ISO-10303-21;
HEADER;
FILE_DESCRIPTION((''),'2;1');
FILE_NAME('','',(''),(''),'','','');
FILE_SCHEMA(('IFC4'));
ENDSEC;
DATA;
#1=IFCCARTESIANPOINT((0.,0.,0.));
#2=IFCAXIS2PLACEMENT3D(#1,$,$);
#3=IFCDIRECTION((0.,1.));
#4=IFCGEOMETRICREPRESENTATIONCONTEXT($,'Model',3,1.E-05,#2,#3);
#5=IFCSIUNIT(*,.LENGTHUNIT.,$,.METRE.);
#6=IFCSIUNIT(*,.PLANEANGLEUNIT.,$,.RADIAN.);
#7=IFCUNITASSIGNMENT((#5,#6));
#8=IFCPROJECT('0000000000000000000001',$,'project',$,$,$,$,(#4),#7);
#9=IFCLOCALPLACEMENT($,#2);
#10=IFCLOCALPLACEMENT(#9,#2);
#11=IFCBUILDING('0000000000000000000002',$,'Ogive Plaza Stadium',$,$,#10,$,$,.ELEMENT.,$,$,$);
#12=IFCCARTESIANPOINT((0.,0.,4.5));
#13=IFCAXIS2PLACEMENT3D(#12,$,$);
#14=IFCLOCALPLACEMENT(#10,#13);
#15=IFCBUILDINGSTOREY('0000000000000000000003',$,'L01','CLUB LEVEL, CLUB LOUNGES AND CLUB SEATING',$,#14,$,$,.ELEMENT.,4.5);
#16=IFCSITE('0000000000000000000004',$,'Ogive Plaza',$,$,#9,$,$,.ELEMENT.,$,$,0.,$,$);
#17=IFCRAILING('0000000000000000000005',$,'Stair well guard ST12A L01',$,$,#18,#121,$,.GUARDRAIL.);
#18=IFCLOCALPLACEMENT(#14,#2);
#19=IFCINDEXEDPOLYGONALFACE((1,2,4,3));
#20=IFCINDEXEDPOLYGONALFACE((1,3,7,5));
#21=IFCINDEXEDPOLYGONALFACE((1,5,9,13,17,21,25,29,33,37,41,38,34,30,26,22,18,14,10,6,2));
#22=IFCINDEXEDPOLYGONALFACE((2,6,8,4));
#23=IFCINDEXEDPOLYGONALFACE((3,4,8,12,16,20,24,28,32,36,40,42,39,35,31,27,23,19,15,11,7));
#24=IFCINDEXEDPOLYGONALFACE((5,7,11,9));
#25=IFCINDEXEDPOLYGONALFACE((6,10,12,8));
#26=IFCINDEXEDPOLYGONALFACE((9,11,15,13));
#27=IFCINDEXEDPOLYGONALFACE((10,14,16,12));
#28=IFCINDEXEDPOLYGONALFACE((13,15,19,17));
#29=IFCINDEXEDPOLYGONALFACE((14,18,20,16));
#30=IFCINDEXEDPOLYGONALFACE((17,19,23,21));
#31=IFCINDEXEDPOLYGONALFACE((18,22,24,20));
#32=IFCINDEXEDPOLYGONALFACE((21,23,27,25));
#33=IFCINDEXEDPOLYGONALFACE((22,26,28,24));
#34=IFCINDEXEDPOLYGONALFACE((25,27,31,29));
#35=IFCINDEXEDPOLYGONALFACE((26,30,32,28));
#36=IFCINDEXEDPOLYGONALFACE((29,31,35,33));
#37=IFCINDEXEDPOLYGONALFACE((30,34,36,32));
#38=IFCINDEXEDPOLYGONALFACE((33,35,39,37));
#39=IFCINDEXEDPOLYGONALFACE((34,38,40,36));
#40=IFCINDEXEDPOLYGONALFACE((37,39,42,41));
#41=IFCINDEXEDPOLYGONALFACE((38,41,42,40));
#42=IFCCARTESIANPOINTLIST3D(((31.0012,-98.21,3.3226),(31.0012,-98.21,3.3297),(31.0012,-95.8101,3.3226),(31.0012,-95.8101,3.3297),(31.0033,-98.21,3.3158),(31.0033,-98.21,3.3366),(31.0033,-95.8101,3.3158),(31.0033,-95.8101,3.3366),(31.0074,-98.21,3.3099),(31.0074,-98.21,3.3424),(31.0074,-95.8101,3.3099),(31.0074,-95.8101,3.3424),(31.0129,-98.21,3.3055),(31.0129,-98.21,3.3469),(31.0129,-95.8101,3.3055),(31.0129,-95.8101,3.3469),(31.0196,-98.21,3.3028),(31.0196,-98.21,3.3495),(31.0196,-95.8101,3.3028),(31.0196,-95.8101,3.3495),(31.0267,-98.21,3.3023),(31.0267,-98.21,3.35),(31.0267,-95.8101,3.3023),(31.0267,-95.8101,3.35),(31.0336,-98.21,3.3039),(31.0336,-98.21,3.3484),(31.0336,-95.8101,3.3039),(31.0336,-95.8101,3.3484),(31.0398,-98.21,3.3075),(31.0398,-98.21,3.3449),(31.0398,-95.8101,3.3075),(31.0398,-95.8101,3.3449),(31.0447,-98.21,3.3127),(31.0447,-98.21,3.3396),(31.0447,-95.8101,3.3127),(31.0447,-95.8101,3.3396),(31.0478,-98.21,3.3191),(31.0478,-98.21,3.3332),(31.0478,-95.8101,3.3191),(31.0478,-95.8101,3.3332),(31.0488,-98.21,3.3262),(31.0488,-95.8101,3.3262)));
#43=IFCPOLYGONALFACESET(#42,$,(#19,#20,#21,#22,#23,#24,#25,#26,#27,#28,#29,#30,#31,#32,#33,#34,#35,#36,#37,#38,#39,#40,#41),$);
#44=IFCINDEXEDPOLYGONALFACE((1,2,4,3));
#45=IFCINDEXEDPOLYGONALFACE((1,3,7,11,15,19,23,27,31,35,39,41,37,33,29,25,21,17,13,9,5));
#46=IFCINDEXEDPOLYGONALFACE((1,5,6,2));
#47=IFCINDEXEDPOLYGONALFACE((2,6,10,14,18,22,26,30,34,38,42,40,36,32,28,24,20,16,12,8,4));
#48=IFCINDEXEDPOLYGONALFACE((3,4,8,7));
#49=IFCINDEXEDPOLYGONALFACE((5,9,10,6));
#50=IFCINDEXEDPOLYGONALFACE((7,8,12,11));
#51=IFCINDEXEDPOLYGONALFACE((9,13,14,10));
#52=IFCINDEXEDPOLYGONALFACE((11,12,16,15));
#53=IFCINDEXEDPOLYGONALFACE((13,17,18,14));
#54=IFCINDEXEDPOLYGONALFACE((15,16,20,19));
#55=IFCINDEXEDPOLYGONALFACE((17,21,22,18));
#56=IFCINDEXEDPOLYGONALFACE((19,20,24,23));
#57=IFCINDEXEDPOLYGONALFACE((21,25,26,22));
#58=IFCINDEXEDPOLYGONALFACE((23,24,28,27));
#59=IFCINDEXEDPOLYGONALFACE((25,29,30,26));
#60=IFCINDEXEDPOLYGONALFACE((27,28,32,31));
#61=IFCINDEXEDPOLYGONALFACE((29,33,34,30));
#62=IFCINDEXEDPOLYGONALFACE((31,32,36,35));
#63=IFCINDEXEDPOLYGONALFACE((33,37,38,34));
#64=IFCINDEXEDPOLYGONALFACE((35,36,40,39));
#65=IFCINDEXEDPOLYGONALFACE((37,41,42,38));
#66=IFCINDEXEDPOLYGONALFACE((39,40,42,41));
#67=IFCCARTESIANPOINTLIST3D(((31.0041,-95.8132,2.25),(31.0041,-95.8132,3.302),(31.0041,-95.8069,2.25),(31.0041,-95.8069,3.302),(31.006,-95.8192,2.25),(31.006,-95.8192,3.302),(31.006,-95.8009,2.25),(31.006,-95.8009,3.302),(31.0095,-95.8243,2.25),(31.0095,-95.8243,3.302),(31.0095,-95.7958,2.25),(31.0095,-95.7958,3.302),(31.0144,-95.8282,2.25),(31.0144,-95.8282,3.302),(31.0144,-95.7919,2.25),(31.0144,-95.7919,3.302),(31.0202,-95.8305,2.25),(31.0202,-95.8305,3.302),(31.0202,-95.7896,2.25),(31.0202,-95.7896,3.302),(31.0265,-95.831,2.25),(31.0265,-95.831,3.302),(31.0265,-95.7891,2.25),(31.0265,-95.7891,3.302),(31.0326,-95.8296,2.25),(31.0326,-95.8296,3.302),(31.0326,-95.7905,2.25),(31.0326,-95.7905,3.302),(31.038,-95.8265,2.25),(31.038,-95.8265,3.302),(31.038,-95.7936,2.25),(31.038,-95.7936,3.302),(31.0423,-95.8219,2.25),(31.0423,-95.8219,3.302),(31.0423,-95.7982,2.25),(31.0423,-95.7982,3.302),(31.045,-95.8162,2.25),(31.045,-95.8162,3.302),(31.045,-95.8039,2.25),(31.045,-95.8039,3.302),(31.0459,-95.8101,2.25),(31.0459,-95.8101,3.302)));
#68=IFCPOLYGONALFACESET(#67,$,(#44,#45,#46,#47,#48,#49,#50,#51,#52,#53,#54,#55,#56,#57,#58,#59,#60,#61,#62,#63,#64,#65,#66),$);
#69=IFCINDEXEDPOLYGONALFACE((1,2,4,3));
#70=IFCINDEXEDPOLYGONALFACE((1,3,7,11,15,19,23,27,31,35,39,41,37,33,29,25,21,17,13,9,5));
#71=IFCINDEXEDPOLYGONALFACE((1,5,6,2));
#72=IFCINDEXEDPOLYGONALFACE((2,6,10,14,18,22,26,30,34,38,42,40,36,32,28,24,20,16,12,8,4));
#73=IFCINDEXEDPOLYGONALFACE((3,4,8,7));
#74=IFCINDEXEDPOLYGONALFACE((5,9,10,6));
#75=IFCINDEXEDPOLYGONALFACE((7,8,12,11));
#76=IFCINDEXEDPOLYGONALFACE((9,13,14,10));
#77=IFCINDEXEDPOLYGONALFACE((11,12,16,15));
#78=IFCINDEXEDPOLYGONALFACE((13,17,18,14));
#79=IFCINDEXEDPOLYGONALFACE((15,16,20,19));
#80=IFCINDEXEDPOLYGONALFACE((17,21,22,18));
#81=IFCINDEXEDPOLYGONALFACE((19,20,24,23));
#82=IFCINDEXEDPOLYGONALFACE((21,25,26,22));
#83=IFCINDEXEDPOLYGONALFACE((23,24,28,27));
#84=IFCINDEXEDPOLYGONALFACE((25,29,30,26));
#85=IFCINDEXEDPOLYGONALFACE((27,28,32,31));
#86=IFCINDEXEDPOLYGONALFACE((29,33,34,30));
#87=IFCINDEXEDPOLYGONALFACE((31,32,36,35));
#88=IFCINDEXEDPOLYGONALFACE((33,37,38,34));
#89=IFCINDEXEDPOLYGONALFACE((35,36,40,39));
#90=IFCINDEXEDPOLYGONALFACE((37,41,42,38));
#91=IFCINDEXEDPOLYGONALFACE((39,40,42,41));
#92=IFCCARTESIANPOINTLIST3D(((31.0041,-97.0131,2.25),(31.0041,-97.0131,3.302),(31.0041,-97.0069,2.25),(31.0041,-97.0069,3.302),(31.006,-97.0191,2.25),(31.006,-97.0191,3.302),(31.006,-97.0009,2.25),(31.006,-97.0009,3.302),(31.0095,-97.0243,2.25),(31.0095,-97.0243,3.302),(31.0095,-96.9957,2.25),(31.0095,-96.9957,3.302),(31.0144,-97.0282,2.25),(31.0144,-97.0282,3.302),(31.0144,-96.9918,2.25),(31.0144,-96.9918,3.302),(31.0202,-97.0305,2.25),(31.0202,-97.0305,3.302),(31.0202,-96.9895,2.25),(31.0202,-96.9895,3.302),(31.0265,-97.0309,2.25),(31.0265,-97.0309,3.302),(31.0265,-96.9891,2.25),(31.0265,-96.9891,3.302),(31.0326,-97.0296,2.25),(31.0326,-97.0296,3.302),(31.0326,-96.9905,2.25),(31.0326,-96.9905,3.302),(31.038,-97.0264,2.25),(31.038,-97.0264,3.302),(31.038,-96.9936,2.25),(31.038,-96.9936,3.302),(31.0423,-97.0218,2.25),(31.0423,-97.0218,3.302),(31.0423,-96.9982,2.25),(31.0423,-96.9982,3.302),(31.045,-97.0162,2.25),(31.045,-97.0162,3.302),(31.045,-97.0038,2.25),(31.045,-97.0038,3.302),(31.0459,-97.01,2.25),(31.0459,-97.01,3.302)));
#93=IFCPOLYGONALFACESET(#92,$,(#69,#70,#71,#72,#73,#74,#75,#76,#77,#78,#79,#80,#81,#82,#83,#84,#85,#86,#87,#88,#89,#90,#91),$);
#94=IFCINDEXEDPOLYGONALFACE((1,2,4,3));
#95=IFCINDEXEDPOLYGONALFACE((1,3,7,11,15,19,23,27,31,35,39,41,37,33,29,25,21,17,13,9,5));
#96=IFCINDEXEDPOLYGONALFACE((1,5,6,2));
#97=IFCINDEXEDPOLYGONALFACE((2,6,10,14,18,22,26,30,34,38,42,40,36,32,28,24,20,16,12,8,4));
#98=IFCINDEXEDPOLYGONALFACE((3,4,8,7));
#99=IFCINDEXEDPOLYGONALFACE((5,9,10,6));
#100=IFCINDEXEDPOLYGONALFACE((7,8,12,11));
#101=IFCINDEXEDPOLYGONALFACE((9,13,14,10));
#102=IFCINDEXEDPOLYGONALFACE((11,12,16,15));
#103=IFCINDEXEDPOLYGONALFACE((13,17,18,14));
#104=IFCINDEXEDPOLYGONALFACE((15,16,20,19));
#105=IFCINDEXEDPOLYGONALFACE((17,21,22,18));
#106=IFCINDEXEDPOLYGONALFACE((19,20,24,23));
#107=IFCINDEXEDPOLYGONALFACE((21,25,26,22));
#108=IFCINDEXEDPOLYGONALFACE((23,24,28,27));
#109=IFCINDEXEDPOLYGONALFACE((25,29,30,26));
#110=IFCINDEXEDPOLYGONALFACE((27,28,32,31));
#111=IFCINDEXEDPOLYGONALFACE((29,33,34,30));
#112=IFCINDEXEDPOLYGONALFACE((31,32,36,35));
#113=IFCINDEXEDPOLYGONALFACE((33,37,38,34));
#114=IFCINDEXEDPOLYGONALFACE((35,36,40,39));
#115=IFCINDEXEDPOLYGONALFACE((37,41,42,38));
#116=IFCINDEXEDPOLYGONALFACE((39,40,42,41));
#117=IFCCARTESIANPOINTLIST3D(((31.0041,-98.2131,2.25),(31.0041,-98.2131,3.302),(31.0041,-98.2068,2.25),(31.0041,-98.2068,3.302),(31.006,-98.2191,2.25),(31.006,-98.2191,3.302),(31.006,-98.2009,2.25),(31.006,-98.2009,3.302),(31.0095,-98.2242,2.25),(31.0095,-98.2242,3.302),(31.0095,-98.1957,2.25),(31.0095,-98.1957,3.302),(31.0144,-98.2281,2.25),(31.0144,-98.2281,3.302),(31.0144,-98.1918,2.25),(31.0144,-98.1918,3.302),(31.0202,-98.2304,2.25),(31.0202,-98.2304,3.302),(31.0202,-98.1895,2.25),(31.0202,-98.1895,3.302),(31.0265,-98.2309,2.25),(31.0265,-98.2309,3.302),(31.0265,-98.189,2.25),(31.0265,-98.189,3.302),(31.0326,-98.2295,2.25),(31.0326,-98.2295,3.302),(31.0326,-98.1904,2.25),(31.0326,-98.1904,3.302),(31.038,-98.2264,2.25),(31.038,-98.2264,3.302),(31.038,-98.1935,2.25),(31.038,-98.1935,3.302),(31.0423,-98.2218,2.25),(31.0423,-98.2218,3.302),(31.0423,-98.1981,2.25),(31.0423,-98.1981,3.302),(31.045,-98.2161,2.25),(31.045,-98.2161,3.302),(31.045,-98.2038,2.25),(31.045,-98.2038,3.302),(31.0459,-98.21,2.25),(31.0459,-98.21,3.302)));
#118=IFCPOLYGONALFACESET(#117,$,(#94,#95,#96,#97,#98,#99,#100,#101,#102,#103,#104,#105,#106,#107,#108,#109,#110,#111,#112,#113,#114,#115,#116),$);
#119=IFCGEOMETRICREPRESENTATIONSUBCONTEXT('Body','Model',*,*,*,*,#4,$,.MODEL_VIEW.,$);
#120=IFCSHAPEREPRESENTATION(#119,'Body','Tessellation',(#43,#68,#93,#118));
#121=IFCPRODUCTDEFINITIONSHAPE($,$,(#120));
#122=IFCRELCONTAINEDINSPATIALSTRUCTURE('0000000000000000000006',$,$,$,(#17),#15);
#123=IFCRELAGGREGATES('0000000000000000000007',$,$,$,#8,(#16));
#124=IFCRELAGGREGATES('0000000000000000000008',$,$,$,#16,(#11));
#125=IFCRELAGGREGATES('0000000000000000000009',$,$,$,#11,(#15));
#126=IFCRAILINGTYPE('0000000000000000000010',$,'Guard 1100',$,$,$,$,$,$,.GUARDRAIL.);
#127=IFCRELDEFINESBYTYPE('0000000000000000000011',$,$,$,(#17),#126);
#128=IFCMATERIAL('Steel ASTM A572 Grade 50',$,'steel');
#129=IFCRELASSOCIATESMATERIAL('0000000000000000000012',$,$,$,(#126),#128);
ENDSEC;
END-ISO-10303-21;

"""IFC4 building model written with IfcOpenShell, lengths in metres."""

from ifc_helpers import new_model, si_unit, direction, frame, origin, origin_2d, place, context, subcontext, project, spatial, circle, extrude, material, type_object, element, save


model = new_model("IFC4")

# Units and contexts
model_context = context("Model", 3, precision=1e-05, world=origin(), true_north=direction((0.0, 1.0)))
body_context = subcontext(model_context, "Body", "Model", "MODEL_VIEW")
ifc_project = project(units=[si_unit("LENGTHUNIT", "METRE"), si_unit("PLANEANGLEUNIT", "RADIAN")], contexts=[model_context])

# Site, building, storey
site_placement = place(None, origin())
site = spatial("IfcSite", under=ifc_project, at=site_placement, Name="Ogive Plaza", CompositionType="ELEMENT", RefElevation=0.0)
building_placement = place(site_placement, origin())
building = spatial("IfcBuilding", under=site, at=building_placement, Name="Ogive Plaza Stadium", CompositionType="ELEMENT")
storey_placement = place(building_placement, frame((0.0, 0.0, 4.5)))
storey = spatial("IfcBuildingStorey", under=building, at=storey_placement, Name="L01", Description="CLUB LEVEL, CLUB LOUNGES AND CLUB SEATING", CompositionType="ELEMENT", Elevation=4.5)

# Railing
ifc_material_1 = material(Name="Steel ASTM A572 Grade 50", Category="steel")
railing_type_1 = type_object("IfcRailingType", Name="Guard 1100", PredefinedType="GUARDRAIL", material=ifc_material_1)
railing_placement = place(storey_placement, frame((31.0249, -95.8101, 2.25)))
element("IfcRailing", 1, at=railing_placement, inside=storey, type_object=railing_type_1, Name="Stair well guard ST12A L01", PredefinedType="GUARDRAIL", context=body_context, shape_type="SweptSolid", body=[
    extrude(circle(Radius=0.0239, at=origin_2d()), frame((0.0, 0.0, 1.0762), z_axis=(0.0, -1.0, 0.0), x_axis=(1.0, 0.0, 0.0)), (0.0, 0.0, 1.0), 2.3999),
    extrude(circle(Radius=0.021, at=origin_2d()), origin(), (0.0, 0.0, 1.0), 1.052),
    extrude(circle(Radius=0.021, at=origin_2d()), frame((0.0, -1.2, 0.0)), (0.0, 0.0, 1.0), 1.052),
    extrude(circle(Radius=0.021, at=origin_2d()), frame((0.0, -2.3999, 0.0)), (0.0, 0.0, 1.0), 1.052),
])

save(model, "model.ifc")
